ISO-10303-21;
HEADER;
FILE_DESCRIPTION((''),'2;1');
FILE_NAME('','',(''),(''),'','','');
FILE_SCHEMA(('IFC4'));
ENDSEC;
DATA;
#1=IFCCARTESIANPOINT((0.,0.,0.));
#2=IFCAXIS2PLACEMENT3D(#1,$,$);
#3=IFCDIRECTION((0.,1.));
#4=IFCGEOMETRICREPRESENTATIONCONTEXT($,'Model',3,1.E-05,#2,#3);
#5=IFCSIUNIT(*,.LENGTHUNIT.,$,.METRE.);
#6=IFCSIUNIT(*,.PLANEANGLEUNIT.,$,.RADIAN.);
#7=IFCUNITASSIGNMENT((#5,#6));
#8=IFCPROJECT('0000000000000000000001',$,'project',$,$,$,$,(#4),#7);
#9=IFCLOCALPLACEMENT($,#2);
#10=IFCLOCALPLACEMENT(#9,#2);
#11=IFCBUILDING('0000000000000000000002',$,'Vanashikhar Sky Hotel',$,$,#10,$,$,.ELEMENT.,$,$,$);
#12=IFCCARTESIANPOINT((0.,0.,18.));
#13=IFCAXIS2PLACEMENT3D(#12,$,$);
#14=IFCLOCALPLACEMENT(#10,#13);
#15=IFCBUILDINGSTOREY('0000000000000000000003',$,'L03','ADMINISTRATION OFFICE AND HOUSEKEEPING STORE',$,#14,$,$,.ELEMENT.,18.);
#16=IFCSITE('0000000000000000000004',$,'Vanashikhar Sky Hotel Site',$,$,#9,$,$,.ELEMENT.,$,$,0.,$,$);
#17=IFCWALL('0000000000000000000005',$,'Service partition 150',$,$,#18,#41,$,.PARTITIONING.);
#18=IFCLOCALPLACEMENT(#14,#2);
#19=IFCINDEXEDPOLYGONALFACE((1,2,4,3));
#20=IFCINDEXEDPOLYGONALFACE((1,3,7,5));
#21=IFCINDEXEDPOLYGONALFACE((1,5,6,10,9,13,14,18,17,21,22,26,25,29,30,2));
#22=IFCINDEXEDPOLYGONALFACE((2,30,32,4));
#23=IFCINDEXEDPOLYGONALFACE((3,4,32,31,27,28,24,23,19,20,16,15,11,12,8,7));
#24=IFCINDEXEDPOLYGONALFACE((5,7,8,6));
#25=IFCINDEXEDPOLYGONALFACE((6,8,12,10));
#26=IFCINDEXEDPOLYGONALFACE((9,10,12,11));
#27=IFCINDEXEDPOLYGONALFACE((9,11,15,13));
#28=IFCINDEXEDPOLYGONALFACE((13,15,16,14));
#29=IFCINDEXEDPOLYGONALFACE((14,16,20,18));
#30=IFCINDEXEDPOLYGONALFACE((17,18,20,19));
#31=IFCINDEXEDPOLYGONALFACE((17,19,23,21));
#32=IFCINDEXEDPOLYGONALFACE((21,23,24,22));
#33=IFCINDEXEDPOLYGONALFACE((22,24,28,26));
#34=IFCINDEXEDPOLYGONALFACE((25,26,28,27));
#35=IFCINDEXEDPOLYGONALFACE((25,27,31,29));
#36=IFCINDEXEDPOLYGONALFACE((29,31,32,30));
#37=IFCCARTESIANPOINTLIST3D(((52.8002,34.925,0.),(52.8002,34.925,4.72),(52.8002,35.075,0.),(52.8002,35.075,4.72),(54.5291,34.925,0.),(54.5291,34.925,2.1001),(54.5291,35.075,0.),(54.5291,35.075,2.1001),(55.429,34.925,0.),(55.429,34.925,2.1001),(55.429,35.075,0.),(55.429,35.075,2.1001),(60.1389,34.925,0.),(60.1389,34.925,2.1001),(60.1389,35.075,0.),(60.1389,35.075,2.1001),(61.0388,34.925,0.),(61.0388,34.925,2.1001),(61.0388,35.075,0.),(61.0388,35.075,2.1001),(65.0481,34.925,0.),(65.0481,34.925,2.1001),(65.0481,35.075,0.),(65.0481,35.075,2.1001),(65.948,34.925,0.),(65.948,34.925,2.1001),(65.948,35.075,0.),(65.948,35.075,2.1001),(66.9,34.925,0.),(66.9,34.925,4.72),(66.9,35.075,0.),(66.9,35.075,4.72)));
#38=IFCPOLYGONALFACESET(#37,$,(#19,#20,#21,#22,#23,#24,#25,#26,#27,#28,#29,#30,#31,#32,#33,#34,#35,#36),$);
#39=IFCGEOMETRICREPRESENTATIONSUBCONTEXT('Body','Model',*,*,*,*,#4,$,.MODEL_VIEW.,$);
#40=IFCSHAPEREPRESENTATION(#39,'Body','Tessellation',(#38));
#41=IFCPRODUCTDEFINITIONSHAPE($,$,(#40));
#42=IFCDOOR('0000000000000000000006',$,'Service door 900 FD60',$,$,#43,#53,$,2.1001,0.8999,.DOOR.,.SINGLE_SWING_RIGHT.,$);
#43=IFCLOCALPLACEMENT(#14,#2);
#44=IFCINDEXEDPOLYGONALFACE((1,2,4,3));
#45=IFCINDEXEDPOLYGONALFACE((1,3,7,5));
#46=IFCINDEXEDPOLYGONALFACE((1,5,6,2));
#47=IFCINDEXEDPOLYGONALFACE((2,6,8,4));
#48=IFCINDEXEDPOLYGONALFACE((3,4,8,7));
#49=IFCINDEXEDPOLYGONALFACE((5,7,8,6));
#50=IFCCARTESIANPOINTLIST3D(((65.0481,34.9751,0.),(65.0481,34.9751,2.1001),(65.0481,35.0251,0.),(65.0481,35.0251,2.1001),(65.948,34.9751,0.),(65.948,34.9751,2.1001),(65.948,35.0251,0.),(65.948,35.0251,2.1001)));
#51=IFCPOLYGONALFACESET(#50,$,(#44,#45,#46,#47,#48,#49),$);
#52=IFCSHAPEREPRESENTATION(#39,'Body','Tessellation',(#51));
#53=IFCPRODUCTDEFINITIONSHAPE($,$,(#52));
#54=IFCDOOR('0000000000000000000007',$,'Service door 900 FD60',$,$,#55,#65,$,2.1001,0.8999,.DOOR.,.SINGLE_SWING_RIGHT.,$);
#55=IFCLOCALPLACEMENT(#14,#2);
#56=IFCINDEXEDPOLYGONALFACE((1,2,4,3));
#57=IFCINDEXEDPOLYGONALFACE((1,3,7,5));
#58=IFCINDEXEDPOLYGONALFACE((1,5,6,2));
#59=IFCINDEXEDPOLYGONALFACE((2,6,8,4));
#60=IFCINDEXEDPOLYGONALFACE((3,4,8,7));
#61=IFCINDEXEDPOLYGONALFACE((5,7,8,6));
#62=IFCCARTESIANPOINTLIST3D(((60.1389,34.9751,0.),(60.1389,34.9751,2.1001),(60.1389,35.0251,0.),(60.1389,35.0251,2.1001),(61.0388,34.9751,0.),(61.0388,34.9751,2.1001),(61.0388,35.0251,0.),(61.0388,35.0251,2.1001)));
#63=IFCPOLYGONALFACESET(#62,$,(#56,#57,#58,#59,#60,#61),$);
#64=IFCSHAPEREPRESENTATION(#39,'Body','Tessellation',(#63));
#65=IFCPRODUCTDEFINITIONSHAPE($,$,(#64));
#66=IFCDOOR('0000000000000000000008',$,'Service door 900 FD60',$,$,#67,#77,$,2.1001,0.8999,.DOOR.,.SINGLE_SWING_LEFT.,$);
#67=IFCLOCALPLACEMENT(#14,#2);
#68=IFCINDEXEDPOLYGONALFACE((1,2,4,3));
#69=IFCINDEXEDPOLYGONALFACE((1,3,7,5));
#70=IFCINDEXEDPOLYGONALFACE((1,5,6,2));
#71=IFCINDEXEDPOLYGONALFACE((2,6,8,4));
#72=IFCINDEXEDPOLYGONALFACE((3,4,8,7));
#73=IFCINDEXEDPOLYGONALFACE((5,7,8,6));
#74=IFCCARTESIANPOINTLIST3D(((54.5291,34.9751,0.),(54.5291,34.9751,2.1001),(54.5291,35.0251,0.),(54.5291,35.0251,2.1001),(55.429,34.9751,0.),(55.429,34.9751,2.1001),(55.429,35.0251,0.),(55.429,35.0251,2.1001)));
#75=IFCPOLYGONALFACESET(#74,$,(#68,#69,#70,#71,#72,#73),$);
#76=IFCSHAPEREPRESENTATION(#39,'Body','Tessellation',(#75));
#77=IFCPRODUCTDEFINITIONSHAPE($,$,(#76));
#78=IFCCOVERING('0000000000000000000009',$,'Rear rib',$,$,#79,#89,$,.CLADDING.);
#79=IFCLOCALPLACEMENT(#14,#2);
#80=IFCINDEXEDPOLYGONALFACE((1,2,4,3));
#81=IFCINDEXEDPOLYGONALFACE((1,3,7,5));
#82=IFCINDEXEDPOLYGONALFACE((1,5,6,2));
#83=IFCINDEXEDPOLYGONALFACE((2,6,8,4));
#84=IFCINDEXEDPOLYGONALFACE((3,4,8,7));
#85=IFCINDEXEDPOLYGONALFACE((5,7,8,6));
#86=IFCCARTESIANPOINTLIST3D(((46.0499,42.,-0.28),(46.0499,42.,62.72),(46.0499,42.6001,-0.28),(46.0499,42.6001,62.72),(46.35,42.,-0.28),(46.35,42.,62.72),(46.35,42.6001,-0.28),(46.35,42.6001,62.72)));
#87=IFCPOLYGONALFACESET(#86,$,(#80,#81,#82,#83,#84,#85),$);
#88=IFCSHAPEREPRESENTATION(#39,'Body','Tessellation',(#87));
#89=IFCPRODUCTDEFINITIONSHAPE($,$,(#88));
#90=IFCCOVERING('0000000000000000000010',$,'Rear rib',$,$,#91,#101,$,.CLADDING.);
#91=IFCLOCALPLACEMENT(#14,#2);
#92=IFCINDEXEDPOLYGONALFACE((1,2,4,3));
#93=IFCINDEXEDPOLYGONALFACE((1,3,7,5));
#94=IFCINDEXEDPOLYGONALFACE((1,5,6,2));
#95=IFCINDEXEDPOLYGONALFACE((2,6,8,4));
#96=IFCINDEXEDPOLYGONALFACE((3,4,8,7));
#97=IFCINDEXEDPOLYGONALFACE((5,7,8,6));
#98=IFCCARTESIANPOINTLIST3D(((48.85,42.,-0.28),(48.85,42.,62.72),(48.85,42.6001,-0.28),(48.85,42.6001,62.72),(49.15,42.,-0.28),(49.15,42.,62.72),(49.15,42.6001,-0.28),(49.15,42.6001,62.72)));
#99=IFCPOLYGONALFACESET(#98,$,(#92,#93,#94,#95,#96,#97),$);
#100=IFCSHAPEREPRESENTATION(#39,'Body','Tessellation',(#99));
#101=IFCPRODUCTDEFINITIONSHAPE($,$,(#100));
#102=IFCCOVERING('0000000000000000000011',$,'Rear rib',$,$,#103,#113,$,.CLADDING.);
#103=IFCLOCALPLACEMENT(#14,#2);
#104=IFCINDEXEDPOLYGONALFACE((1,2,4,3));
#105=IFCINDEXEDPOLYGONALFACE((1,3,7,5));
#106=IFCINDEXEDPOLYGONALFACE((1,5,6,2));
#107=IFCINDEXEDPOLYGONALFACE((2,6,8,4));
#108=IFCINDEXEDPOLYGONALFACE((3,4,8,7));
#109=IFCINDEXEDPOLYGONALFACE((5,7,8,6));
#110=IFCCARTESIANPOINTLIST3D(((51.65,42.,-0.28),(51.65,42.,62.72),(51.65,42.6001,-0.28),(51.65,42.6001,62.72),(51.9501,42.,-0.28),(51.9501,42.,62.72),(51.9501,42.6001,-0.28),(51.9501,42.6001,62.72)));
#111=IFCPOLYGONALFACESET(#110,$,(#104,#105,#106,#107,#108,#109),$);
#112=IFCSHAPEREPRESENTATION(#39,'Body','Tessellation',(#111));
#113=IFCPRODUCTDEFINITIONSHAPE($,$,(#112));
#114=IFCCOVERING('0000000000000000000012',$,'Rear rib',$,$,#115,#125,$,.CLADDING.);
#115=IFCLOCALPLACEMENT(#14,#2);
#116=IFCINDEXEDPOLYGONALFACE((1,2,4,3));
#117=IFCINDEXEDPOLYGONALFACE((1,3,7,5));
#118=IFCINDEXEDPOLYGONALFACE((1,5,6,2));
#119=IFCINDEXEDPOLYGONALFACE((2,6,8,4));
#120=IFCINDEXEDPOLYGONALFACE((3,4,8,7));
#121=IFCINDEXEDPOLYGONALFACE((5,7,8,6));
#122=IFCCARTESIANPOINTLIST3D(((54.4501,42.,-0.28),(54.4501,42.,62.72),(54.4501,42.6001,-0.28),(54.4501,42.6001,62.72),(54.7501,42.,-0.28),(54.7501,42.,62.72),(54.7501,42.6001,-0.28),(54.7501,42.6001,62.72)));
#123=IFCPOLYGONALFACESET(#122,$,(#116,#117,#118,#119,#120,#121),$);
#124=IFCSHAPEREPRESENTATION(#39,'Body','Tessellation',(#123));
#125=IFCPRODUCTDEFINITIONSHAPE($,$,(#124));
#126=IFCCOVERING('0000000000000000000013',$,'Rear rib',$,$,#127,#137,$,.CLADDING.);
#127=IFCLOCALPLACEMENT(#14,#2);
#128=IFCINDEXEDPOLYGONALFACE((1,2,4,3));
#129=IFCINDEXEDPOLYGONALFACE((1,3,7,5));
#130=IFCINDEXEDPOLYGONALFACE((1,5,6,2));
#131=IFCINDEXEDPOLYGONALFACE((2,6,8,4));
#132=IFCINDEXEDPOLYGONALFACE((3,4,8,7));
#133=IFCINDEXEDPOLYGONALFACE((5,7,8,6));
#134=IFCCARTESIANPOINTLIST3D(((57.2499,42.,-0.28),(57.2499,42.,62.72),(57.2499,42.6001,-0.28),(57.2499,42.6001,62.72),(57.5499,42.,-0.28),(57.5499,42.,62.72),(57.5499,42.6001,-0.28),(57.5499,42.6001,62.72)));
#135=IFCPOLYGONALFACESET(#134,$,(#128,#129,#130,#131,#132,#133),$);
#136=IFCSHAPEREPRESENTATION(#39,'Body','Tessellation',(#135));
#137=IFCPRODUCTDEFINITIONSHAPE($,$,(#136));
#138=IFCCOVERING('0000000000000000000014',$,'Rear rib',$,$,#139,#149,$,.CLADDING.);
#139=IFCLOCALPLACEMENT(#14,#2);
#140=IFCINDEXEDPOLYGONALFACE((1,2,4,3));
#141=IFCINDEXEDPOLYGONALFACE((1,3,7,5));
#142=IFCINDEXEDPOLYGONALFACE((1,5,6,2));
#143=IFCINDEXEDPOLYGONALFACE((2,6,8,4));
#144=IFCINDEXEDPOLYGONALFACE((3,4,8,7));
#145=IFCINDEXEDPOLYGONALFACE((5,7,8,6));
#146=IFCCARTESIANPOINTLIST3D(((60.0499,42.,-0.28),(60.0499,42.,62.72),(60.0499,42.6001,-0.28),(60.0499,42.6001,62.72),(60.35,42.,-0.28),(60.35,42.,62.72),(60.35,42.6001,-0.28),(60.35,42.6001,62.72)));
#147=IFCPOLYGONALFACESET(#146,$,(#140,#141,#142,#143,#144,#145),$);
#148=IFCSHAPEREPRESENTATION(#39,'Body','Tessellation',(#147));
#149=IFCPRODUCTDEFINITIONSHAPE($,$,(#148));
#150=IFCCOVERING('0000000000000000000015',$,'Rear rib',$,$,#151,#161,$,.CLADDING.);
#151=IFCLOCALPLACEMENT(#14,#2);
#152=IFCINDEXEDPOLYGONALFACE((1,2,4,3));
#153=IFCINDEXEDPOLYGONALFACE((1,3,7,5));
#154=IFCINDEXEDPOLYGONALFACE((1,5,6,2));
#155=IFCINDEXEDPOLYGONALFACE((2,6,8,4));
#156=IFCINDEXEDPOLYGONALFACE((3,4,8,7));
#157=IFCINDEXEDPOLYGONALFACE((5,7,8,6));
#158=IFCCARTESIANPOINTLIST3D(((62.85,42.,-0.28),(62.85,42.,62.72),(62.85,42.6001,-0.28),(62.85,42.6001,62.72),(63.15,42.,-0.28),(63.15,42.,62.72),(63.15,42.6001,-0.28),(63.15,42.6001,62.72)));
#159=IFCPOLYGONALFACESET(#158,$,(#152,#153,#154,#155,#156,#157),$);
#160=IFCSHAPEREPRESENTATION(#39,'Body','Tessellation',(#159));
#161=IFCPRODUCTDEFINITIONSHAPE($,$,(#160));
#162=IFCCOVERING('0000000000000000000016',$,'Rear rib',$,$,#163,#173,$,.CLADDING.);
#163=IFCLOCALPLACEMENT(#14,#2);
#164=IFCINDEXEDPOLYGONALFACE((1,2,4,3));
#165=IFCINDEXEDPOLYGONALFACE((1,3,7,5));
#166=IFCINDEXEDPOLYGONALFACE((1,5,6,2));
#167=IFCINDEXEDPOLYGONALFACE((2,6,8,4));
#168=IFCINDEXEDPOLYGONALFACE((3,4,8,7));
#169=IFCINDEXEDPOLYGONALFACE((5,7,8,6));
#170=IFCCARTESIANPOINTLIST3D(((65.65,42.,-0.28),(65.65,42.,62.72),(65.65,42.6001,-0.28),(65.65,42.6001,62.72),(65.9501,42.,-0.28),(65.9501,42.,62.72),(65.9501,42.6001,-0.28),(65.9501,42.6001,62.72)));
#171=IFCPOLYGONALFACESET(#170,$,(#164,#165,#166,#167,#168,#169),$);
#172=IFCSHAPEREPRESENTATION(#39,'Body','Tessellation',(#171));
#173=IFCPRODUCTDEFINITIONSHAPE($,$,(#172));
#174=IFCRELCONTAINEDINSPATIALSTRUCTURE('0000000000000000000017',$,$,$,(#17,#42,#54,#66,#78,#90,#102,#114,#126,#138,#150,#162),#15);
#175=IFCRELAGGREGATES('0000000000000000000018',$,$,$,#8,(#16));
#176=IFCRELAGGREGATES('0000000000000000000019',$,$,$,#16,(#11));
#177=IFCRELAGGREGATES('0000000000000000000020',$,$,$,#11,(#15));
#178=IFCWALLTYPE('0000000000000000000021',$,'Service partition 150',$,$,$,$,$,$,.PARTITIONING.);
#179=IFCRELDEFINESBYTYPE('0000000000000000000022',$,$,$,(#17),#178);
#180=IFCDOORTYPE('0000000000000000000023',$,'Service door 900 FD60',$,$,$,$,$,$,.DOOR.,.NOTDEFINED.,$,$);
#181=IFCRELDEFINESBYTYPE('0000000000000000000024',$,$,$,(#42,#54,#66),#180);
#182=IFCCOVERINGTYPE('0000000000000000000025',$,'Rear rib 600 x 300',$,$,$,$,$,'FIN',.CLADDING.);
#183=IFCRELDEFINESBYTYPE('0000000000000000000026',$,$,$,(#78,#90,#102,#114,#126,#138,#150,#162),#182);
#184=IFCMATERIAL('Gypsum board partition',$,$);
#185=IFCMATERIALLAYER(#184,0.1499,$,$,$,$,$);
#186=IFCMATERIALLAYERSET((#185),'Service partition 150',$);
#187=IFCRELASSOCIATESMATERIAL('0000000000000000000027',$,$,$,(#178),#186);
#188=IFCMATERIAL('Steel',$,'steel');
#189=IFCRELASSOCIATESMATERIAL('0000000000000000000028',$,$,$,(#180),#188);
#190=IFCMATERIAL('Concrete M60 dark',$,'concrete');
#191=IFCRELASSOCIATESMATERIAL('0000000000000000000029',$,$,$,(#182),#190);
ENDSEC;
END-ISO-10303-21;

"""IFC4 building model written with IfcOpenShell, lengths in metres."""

from ifc_helpers import new_model, si_unit, direction, frame, frame_2d, origin, origin_2d, place, context, subcontext, project, spatial, rectangle, extrude, source, transform, mapped, material, layer, layer_set, material_profile, profile_set, type_object, element, fill, save


model = new_model("IFC4")

# Units and contexts
model_context = context("Model", 3, precision=1e-05, world=origin(), true_north=direction((0.0, 1.0)))
body_context = subcontext(model_context, "Body", "Model", "MODEL_VIEW")
ifc_project = project(units=[si_unit("LENGTHUNIT", "METRE"), si_unit("PLANEANGLEUNIT", "RADIAN")], contexts=[model_context])

# Site, building, storey
site_placement = place(None, origin())
site = spatial("IfcSite", under=ifc_project, at=site_placement, Name="Vanashikhar Sky Hotel Site", CompositionType="ELEMENT", RefElevation=0.0)
building_placement = place(site_placement, origin())
building = spatial("IfcBuilding", under=site, at=building_placement, Name="Vanashikhar Sky Hotel", CompositionType="ELEMENT")
storey_placement = place(building_placement, frame((0.0, 0.0, 18.0)))
storey = spatial("IfcBuildingStorey", under=building, at=storey_placement, Name="L03", Description="ADMINISTRATION OFFICE AND HOUSEKEEPING STORE", CompositionType="ELEMENT", Elevation=18.0)

# Shared definitions
ifc_material_1 = material(Name="Steel", Category="steel")

# Shared definitions
ifc_material_2 = material(Name="Gypsum board partition")
ifc_layer_1 = layer(ifc_material_2, 0.1499)
ifc_layer_set_1 = layer_set([ifc_layer_1], Name="Service partition 150")
wall_type_1 = type_object("IfcWallType", Name="Service partition 150", PredefinedType="PARTITIONING", material=ifc_layer_set_1)

# Wall, openings, doors
shared_shape_1 = source(origin(), body_context, "Body", "SweptSolid", [
    extrude(rectangle(XDim=14.0999, YDim=0.1499, at=frame_2d((7.0498, 0.0))), origin(), (0.0, 0.0, 1.0), 4.72),
])
wall_1_placement = place(storey_placement, frame((66.8999, 35.0, 0.0), z_axis=(0.0, 0.0, 1.0), x_axis=(-1.0, 0.0, 0.0)))
wall_1 = element("IfcWall", 1, at=wall_1_placement, inside=storey, type_object=wall_type_1, Name="Service partition 150", PredefinedType="PARTITIONING", context=body_context, shape_type="MappedRepresentation", body=[
    mapped(shared_shape_1, transform((0.0, 0.0, 0.0), scale=1.0)),
])
shared_shape_2 = source(origin(), body_context, "Body", "SweptSolid", [
    extrude(rectangle(XDim=0.8999, YDim=2.1001, at=frame_2d((0.45, 1.05))), frame((0.0, 0.085, 0.0), z_axis=(0.0, -1.0, 0.0), x_axis=(1.0, 0.0, 0.0)), (0.0, 0.0, 1.0), 0.1699),
])
opening_1_placement = place(wall_1_placement, frame((0.9519, 0.0, 0.0)))
opening_1 = element("IfcOpeningElement", 2, at=opening_1_placement, cuts=wall_1, PredefinedType="OPENING", context=body_context, shape_type="MappedRepresentation", body=[
    mapped(shared_shape_2, transform((0.0, 0.0, 0.0), scale=1.0)),
])
opening_2_placement = place(wall_1_placement, frame((5.8611, 0.0, 0.0)))
opening_2 = element("IfcOpeningElement", 3, at=opening_2_placement, cuts=wall_1, PredefinedType="OPENING", context=body_context, shape_type="MappedRepresentation", body=[
    mapped(shared_shape_2, transform((0.0, 0.0, 0.0), scale=1.0)),
])
opening_3_placement = place(wall_1_placement, frame((11.4709, 0.0, 0.0)))
opening_3 = element("IfcOpeningElement", 4, at=opening_3_placement, cuts=wall_1, PredefinedType="OPENING", context=body_context, shape_type="MappedRepresentation", body=[
    mapped(shared_shape_2, transform((0.0, 0.0, 0.0), scale=1.0)),
])
door_type_1 = type_object("IfcDoorType", Name="Service door 900 FD60", OperationType="NOTDEFINED", PredefinedType="DOOR", material=ifc_material_1)
shared_shape_3 = source(origin(), body_context, "Body", "SweptSolid", [
    extrude(rectangle(XDim=0.8999, YDim=2.1001, at=frame_2d((0.45, 1.05))), frame((0.0, 0.0249, 0.0), z_axis=(0.0, -1.0, 0.0), x_axis=(1.0, 0.0, 0.0)), (0.0, 0.0, 1.0), 0.05),
])
door_1_placement = place(opening_1_placement, origin())
door_1 = element("IfcDoor", 5, at=door_1_placement, inside=storey, type_object=door_type_1, Name="Service door 900 FD60", OperationType="SINGLE_SWING_RIGHT", OverallHeight=2.1001, OverallWidth=0.8999, PredefinedType="DOOR", context=body_context, shape_type="MappedRepresentation", body=[
    mapped(shared_shape_3, transform((0.0, 0.0, 0.0), scale=1.0)),
])
fill(opening_1, door_1)
door_2_placement = place(opening_2_placement, origin())
door_2 = element("IfcDoor", 6, at=door_2_placement, inside=storey, type_object=door_type_1, Name="Service door 900 FD60", OperationType="SINGLE_SWING_RIGHT", OverallHeight=2.1001, OverallWidth=0.8999, PredefinedType="DOOR", context=body_context, shape_type="MappedRepresentation", body=[
    mapped(shared_shape_3, transform((0.0, 0.0, 0.0), scale=1.0)),
])
fill(opening_2, door_2)
door_3_placement = place(opening_3_placement, origin())
door_3 = element("IfcDoor", 7, at=door_3_placement, inside=storey, type_object=door_type_1, Name="Service door 900 FD60", OperationType="SINGLE_SWING_LEFT", OverallHeight=2.1001, OverallWidth=0.8999, PredefinedType="DOOR", context=body_context, shape_type="MappedRepresentation", body=[
    mapped(shared_shape_3, transform((0.0, 0.0, 0.0), scale=1.0)),
])
fill(opening_3, door_3)

# Coverings
ifc_material_3 = material(Name="Concrete M60 dark", Category="concrete")
ifc_material_profile = material_profile(ifc_material_3, rectangle(XDim=0.6001, YDim=0.3, at=origin_2d()))
ifc_profile_set = profile_set([ifc_material_profile], Name="Rear rib 600 x 300")
covering_type = type_object("IfcCoveringType", Name="Rear rib 600 x 300", ElementType="FIN", PredefinedType="CLADDING", material=ifc_profile_set)
shared_shape_4 = source(origin(), body_context, "Body", "SweptSolid", [
    extrude(rectangle(XDim=0.6001, YDim=0.3, at=origin_2d()), origin(), (0.0, 0.0, 1.0), 63.0),
])
for number, where, z_axis, x_axis, name in (
    (8, (46.2, 42.3, -0.28), (0.0, 0.0, 1.0), (0.0, 1.0, 0.0), "Rear rib"),
    (9, (49.0, 42.3, -0.28), (0.0, 0.0, 1.0), (0.0, 1.0, 0.0), "Rear rib"),
    (10, (51.8, 42.3, -0.28), (0.0, 0.0, 1.0), (0.0, 1.0, 0.0), "Rear rib"),
    (11, (54.6001, 42.3, -0.28), (0.0, 0.0, 1.0), (0.0, 1.0, 0.0), "Rear rib"),
    (12, (57.3999, 42.3, -0.28), (0.0, 0.0, 1.0), (0.0, 1.0, 0.0), "Rear rib"),
    (13, (60.2, 42.3, -0.28), (0.0, 0.0, 1.0), (0.0, 1.0, 0.0), "Rear rib"),
    (14, (63.0, 42.3, -0.28), (0.0, 0.0, 1.0), (0.0, 1.0, 0.0), "Rear rib"),
    (15, (65.8, 42.3, -0.28), (0.0, 0.0, 1.0), (0.0, 1.0, 0.0), "Rear rib"),
):
    element("IfcCovering", number, at=place(storey_placement, frame(where, z_axis=z_axis, x_axis=x_axis)), inside=storey, type_object=covering_type, Name=name, PredefinedType="CLADDING", context=body_context, shape_type="MappedRepresentation", body=[
        mapped(shared_shape_4, transform((0.0, 0.0, 0.0), scale=1.0)),
    ])

save(model, "model.ifc")
